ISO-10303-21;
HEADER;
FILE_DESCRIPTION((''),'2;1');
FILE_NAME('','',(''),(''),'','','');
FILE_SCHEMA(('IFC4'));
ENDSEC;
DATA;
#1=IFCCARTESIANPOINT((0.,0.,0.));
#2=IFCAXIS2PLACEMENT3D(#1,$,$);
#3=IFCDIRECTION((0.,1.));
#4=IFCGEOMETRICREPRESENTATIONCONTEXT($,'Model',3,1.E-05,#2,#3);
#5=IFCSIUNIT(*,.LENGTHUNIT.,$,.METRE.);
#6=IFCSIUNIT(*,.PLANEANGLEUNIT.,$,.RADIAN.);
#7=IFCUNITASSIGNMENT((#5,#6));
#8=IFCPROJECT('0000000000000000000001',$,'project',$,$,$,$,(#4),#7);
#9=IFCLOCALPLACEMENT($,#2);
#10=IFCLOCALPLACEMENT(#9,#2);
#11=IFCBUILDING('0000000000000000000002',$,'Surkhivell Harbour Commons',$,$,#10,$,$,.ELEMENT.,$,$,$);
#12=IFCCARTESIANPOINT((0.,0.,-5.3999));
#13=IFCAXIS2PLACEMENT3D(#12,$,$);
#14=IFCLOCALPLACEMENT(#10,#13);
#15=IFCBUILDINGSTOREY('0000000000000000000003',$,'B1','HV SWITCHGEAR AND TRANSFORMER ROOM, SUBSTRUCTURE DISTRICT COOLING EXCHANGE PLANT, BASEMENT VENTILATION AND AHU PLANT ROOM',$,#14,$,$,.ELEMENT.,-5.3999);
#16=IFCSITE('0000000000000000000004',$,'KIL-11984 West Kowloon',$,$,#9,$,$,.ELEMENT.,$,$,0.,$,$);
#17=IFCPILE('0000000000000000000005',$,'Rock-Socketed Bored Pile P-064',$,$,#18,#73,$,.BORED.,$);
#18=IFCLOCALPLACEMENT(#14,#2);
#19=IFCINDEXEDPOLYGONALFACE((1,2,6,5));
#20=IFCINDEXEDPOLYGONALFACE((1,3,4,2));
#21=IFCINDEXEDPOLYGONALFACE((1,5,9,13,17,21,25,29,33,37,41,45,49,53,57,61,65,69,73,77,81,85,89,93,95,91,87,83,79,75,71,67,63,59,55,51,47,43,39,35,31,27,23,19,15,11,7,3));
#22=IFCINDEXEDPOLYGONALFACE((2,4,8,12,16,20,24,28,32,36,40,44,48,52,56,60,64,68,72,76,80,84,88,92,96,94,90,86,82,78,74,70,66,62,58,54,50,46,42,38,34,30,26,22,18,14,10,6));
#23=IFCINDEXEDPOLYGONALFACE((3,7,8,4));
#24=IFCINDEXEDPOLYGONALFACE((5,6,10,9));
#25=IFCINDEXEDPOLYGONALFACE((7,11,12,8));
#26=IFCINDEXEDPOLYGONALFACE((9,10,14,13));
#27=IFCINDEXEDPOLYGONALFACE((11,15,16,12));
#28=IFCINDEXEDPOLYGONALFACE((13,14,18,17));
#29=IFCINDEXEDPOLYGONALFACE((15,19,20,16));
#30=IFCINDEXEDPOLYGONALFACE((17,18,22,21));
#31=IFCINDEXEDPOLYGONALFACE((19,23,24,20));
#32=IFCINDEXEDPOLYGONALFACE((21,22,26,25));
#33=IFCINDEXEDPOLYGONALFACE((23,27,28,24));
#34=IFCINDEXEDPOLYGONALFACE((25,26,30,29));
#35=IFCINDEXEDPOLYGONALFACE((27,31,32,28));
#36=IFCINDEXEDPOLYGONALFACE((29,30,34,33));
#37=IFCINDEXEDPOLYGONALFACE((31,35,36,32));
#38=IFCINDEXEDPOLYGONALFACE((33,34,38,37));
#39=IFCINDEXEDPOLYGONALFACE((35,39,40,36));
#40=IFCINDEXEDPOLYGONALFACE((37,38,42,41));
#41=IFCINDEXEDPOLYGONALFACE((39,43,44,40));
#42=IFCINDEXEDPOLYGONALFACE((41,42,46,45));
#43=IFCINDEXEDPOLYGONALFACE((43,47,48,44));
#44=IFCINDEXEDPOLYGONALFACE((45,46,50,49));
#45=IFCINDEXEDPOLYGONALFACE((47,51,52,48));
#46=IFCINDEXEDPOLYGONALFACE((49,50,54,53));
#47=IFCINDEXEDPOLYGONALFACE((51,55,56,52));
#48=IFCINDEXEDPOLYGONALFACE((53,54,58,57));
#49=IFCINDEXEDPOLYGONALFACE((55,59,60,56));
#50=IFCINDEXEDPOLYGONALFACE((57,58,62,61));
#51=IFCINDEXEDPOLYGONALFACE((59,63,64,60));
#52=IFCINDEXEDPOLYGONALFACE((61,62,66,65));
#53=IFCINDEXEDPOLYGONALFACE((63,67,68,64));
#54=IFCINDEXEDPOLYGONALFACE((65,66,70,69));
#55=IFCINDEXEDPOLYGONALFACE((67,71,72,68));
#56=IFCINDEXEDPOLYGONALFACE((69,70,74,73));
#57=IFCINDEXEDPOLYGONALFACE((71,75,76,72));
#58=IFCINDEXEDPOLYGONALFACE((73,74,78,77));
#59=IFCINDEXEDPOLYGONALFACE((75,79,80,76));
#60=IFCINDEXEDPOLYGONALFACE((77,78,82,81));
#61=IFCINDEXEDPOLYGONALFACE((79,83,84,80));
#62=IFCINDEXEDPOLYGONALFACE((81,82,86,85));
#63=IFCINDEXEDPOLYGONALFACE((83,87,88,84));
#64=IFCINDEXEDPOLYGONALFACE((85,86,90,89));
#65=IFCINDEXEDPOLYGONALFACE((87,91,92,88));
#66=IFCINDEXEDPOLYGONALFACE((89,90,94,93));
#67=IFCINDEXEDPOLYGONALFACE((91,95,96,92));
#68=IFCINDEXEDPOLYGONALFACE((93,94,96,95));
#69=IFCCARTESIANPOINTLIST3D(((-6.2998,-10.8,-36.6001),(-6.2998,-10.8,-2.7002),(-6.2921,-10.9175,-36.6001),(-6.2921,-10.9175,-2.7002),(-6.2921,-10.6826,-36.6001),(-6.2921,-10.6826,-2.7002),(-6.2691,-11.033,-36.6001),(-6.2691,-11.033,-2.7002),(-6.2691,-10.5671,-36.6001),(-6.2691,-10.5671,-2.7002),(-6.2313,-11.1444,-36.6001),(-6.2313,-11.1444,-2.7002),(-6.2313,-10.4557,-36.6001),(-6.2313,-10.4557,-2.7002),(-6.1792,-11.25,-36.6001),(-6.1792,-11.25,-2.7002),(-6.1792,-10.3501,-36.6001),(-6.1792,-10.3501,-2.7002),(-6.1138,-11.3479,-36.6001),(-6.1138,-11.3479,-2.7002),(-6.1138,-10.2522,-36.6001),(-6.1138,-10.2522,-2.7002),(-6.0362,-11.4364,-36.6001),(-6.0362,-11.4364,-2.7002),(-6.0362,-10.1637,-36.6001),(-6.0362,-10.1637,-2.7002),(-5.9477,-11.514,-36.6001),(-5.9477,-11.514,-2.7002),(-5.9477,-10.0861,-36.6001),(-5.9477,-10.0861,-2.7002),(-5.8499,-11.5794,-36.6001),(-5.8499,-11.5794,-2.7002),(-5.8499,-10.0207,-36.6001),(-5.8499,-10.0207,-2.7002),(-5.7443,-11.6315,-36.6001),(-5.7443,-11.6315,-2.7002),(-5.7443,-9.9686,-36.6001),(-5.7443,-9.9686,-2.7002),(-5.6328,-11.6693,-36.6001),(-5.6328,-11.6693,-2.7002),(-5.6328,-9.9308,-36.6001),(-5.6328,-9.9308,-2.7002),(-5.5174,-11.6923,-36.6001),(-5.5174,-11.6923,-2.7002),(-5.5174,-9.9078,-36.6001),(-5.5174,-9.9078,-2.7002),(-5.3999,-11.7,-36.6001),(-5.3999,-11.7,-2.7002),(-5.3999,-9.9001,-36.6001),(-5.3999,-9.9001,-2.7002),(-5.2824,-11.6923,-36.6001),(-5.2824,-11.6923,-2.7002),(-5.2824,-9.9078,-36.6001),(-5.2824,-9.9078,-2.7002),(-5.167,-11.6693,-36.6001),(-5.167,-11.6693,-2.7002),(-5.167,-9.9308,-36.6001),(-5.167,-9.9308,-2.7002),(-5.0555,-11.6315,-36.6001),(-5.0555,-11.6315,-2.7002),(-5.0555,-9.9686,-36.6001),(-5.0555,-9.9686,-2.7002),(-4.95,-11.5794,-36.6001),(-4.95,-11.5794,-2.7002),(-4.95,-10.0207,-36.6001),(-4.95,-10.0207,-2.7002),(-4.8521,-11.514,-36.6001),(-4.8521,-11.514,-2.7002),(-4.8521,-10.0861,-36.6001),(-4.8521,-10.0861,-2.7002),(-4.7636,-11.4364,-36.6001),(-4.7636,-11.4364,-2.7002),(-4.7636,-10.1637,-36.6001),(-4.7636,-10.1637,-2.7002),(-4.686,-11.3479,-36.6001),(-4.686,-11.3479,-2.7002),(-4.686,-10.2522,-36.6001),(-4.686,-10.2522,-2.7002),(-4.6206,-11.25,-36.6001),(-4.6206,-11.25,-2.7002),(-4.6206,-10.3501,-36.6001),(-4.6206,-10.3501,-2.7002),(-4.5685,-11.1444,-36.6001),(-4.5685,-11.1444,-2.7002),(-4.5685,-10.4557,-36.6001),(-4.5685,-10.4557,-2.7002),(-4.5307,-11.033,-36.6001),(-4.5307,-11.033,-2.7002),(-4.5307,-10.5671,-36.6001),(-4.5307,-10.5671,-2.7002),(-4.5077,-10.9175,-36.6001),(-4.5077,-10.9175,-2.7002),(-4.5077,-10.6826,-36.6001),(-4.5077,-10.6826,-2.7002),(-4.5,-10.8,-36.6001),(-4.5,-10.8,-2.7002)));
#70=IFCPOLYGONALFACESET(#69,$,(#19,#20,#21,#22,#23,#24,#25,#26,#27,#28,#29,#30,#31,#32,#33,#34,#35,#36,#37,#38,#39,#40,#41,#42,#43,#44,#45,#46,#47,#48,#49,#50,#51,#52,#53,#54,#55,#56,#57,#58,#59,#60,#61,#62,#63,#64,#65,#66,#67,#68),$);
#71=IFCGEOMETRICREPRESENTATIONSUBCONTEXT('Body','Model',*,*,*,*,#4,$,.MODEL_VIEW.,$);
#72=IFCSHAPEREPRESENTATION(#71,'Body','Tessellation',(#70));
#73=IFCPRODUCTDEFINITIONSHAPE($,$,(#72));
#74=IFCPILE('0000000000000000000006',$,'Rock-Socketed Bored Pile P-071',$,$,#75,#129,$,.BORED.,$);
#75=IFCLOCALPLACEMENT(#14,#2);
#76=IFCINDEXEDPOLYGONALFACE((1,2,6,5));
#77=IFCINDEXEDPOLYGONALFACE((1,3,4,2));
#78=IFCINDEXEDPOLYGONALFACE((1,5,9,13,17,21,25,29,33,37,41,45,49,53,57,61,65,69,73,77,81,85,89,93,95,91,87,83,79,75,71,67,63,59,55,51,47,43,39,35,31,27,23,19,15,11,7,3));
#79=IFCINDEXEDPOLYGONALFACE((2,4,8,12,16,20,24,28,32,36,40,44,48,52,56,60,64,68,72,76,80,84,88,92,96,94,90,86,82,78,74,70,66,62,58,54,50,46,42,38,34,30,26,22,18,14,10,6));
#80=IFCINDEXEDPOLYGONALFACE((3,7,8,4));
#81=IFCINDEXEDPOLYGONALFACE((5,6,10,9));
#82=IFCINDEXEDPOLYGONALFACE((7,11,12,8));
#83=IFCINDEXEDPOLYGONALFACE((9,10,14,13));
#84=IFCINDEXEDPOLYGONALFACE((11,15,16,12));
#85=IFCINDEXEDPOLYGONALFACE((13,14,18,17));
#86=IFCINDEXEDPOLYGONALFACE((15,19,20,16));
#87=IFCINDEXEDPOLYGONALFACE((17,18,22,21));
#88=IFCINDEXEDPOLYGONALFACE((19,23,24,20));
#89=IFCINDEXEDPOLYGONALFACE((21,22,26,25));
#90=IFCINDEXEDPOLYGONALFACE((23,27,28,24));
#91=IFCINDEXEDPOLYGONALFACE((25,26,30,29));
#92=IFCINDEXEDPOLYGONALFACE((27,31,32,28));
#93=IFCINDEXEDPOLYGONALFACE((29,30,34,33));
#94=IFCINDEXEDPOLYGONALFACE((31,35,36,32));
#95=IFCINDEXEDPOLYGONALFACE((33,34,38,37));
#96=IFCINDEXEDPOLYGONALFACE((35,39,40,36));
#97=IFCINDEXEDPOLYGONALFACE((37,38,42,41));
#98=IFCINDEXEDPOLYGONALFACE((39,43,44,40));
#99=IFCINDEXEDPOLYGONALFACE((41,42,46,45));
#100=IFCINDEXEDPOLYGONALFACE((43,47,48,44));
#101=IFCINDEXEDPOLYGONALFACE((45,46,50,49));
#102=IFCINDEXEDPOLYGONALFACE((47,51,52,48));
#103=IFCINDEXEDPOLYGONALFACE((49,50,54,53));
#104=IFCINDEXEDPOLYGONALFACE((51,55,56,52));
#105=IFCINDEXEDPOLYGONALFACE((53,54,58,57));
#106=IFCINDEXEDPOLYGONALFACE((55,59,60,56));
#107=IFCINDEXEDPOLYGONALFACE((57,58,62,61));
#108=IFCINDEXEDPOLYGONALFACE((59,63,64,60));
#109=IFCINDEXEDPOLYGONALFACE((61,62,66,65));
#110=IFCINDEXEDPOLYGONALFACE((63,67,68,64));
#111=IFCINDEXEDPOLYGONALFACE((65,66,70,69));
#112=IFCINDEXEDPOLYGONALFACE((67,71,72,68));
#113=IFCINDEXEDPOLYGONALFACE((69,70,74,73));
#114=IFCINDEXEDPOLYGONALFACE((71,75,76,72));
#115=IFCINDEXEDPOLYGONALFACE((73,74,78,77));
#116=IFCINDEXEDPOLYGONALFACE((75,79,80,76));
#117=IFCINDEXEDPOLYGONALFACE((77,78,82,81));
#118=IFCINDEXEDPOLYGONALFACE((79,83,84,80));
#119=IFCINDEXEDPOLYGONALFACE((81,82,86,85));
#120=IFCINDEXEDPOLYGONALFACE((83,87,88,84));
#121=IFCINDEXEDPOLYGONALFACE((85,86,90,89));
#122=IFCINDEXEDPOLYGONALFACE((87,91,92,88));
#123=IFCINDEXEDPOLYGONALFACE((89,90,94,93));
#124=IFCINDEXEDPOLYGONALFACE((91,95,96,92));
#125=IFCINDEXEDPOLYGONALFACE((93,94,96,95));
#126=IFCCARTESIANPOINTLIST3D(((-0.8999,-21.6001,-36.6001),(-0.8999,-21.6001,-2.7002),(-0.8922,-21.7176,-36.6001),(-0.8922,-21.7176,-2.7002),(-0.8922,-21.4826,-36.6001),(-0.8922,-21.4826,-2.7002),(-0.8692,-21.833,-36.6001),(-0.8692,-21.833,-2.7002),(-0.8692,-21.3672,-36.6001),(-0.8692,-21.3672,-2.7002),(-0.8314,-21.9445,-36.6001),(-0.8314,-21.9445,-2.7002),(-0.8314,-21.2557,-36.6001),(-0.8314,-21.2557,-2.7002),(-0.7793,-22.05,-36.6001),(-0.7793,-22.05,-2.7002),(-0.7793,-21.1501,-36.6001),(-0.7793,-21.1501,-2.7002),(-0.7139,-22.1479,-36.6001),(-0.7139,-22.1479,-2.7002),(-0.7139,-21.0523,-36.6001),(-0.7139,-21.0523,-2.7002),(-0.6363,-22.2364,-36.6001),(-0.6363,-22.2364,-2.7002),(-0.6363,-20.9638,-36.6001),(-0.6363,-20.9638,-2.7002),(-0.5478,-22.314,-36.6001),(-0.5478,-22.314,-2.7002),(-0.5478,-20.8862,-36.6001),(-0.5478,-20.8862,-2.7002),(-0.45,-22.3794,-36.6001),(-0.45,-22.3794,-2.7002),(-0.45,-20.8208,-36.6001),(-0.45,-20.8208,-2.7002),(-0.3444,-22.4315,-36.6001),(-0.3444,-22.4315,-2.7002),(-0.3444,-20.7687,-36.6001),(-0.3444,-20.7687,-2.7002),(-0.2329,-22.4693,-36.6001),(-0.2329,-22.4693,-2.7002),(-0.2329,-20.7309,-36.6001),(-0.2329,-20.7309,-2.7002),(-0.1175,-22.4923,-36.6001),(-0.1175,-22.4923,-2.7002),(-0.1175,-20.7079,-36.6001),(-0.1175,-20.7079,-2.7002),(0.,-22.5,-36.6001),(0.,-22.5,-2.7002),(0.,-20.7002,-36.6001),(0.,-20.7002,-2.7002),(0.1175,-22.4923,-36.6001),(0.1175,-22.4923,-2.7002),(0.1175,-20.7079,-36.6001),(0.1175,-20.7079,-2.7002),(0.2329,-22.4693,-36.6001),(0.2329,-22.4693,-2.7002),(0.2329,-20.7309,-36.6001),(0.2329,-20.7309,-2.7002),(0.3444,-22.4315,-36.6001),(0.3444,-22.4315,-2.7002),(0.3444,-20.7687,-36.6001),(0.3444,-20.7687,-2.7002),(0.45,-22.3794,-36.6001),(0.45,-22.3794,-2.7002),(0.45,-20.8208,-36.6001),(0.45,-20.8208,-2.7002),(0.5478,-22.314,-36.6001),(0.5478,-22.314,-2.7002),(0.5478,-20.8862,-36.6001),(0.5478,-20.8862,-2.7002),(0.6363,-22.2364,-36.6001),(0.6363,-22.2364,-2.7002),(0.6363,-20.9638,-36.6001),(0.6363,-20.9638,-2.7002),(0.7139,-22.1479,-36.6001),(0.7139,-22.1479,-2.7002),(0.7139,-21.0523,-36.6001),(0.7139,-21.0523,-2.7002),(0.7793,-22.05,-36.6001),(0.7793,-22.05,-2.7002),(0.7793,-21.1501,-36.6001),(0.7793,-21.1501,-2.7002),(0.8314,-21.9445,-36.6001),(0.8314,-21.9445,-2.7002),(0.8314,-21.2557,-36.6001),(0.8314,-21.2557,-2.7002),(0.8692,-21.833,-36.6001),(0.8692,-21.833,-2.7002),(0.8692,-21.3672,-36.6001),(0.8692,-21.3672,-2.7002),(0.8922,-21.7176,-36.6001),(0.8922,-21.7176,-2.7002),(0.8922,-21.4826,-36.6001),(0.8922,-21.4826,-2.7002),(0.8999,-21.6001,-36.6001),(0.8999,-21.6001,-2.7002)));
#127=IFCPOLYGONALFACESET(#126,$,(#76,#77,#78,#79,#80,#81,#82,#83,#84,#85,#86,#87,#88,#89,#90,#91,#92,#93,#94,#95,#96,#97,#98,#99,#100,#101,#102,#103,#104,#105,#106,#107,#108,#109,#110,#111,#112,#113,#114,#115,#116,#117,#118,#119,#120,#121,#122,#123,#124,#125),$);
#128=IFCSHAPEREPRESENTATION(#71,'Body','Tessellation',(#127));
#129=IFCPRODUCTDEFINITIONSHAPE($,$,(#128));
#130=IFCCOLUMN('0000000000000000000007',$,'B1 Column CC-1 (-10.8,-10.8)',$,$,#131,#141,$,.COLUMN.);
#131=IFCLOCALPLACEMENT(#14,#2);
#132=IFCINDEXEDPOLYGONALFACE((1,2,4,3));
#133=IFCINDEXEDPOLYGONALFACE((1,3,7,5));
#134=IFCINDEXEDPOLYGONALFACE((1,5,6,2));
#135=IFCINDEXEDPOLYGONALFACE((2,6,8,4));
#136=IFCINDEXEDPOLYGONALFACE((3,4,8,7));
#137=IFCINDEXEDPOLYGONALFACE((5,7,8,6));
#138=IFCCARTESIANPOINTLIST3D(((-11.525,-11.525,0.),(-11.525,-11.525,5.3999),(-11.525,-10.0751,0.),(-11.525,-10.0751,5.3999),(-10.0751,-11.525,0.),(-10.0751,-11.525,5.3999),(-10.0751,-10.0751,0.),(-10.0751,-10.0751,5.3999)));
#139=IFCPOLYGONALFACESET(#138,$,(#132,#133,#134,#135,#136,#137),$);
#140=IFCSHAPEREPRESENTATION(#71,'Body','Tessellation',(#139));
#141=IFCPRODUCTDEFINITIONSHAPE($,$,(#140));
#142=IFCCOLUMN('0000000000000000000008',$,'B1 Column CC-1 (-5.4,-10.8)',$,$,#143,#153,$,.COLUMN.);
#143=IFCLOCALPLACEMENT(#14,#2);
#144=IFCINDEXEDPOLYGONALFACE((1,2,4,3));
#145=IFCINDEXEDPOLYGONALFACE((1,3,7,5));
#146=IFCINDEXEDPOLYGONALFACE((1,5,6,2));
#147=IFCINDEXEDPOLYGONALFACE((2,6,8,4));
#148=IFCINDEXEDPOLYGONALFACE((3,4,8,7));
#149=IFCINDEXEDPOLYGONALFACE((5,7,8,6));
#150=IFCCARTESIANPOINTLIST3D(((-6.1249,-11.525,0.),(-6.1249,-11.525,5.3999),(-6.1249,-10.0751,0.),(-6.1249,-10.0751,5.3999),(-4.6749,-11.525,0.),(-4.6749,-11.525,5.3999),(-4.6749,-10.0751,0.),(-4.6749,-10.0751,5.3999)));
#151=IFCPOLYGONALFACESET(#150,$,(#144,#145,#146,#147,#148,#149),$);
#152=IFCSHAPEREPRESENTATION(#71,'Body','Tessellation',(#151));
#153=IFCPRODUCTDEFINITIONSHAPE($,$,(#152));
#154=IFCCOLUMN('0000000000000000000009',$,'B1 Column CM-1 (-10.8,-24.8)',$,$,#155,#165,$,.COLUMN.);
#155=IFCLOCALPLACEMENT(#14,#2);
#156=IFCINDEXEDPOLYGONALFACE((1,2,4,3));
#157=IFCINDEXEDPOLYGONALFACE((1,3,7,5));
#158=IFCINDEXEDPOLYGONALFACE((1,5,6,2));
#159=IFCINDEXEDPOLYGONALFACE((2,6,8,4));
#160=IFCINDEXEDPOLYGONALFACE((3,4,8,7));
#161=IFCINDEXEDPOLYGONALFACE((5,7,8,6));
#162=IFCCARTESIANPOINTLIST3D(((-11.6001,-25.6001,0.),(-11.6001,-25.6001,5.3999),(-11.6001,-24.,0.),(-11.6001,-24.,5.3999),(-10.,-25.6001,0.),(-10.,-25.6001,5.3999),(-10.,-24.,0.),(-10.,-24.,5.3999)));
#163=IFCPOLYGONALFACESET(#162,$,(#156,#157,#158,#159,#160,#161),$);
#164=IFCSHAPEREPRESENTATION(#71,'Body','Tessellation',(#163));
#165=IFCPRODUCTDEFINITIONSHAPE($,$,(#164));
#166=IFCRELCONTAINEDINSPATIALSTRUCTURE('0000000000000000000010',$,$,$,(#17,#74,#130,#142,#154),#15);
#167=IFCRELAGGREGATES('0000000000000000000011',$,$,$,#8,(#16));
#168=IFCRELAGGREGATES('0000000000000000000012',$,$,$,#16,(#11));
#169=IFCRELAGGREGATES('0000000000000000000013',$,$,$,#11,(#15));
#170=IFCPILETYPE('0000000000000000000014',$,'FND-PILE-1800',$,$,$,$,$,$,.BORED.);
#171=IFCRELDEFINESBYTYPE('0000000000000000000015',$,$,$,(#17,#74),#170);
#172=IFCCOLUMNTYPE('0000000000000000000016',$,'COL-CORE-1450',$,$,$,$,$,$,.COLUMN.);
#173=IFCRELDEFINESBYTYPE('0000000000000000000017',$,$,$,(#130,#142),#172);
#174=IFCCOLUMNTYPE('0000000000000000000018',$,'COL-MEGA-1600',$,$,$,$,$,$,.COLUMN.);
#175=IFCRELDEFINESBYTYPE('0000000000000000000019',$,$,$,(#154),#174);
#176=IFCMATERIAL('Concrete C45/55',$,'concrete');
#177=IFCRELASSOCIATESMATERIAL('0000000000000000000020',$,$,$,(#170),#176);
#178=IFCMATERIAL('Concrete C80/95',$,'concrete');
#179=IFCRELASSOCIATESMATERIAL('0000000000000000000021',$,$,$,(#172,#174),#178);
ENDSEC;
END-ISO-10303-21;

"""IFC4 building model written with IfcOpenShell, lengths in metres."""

from ifc_helpers import new_model, si_unit, direction, frame, origin, origin_2d, place, context, subcontext, project, spatial, rectangle, circle, extrude, material, material_profile, profile_set, type_object, element, save


model = new_model("IFC4")

# Units and contexts
model_context = context("Model", 3, precision=1e-05, world=origin(), true_north=direction((0.0, 1.0)))
body_context = subcontext(model_context, "Body", "Model", "MODEL_VIEW")
ifc_project = project(units=[si_unit("LENGTHUNIT", "METRE"), si_unit("PLANEANGLEUNIT", "RADIAN")], contexts=[model_context])

# Site, building, storey
site_placement = place(None, origin())
site = spatial("IfcSite", under=ifc_project, at=site_placement, Name="KIL-11984 West Kowloon", CompositionType="ELEMENT", RefElevation=0.0)
building_placement = place(site_placement, origin())
building = spatial("IfcBuilding", under=site, at=building_placement, Name="Surkhivell Harbour Commons", CompositionType="ELEMENT")
storey_placement = place(building_placement, frame((0.0, 0.0, -5.3999)))
storey = spatial("IfcBuildingStorey", under=building, at=storey_placement, Name="B1", Description="HV SWITCHGEAR AND TRANSFORMER ROOM, SUBSTRUCTURE DISTRICT COOLING EXCHANGE PLANT, BASEMENT VENTILATION AND AHU PLANT ROOM", CompositionType="ELEMENT", Elevation=-5.3999)

# Piles
ifc_material_1 = material(Name="Concrete C45/55", Category="concrete")
ifc_material_profile_1 = material_profile(ifc_material_1, circle(Radius=0.8999, at=origin_2d()), Name="PILE-1800")
ifc_profile_set_1 = profile_set([ifc_material_profile_1], Name="Concrete C45/55")
pile_type_1 = type_object("IfcPileType", Name="FND-PILE-1800", PredefinedType="BORED", material=ifc_profile_set_1)
for number, where, z_axis, x_axis, name in (
    (1, (-5.3999, -10.8, -2.7002), (0.0, 0.0, -1.0), (1.0, 0.0, 0.0), "Rock-Socketed Bored Pile P-064"),
    (2, (0.0, -21.6001, -2.7002), (0.0, 0.0, -1.0), (1.0, 0.0, 0.0), "Rock-Socketed Bored Pile P-071"),
):
    element("IfcPile", number, at=place(storey_placement, frame(where, z_axis=z_axis, x_axis=x_axis)), inside=storey, type_object=pile_type_1, Name=name, PredefinedType="BORED", context=body_context, shape_type="SweptSolid", body=[
        extrude(circle(Radius=0.8999, at=origin_2d()), origin(), (0.0, 0.0, 1.0), 33.8999),
    ])

# Columns
ifc_material_2 = material(Name="Concrete C80/95", Category="concrete")
ifc_material_profile_2 = material_profile(ifc_material_2, rectangle(XDim=1.45, YDim=1.45, at=origin_2d()), Name="RC-COL-1450x1450")
ifc_profile_set_2 = profile_set([ifc_material_profile_2], Name="Concrete C80/95")
column_type_1 = type_object("IfcColumnType", Name="COL-CORE-1450", PredefinedType="COLUMN", material=ifc_profile_set_2)
for number, where, z_axis, x_axis, name in (
    (3, (-10.8, -10.8, 0.0), (0.0, 0.0, 1.0), (1.0, 0.0, 0.0), "B1 Column CC-1 (-10.8,-10.8)"),
    (4, (-5.3999, -10.8, 0.0), (0.0, 0.0, 1.0), (1.0, 0.0, 0.0), "B1 Column CC-1 (-5.4,-10.8)"),
):
    element("IfcColumn", number, at=place(storey_placement, frame(where, z_axis=z_axis, x_axis=x_axis)), inside=storey, type_object=column_type_1, Name=name, PredefinedType="COLUMN", context=body_context, shape_type="SweptSolid", body=[
        extrude(rectangle(XDim=1.45, YDim=1.45, at=origin_2d()), origin(), (0.0, 0.0, 1.0), 5.3999),
    ])
ifc_material_profile_3 = material_profile(ifc_material_2, rectangle(XDim=1.6001, YDim=1.6001, at=origin_2d()), Name="RC-COL-1600x1600")
ifc_profile_set_3 = profile_set([ifc_material_profile_3], Name="Concrete C80/95")
column_type_2 = type_object("IfcColumnType", Name="COL-MEGA-1600", PredefinedType="COLUMN", material=ifc_profile_set_3)
column_1_placement = place(storey_placement, frame((-10.8, -24.8, 0.0), z_axis=(0.0, 0.0, 1.0), x_axis=(1.0, 0.0, 0.0)))
element("IfcColumn", 5, at=column_1_placement, inside=storey, type_object=column_type_2, Name="B1 Column CM-1 (-10.8,-24.8)", PredefinedType="COLUMN", context=body_context, shape_type="SweptSolid", body=[
    extrude(rectangle(XDim=1.6001, YDim=1.6001, at=origin_2d()), origin(), (0.0, 0.0, 1.0), 5.3999),
])

save(model, "model.ifc")
